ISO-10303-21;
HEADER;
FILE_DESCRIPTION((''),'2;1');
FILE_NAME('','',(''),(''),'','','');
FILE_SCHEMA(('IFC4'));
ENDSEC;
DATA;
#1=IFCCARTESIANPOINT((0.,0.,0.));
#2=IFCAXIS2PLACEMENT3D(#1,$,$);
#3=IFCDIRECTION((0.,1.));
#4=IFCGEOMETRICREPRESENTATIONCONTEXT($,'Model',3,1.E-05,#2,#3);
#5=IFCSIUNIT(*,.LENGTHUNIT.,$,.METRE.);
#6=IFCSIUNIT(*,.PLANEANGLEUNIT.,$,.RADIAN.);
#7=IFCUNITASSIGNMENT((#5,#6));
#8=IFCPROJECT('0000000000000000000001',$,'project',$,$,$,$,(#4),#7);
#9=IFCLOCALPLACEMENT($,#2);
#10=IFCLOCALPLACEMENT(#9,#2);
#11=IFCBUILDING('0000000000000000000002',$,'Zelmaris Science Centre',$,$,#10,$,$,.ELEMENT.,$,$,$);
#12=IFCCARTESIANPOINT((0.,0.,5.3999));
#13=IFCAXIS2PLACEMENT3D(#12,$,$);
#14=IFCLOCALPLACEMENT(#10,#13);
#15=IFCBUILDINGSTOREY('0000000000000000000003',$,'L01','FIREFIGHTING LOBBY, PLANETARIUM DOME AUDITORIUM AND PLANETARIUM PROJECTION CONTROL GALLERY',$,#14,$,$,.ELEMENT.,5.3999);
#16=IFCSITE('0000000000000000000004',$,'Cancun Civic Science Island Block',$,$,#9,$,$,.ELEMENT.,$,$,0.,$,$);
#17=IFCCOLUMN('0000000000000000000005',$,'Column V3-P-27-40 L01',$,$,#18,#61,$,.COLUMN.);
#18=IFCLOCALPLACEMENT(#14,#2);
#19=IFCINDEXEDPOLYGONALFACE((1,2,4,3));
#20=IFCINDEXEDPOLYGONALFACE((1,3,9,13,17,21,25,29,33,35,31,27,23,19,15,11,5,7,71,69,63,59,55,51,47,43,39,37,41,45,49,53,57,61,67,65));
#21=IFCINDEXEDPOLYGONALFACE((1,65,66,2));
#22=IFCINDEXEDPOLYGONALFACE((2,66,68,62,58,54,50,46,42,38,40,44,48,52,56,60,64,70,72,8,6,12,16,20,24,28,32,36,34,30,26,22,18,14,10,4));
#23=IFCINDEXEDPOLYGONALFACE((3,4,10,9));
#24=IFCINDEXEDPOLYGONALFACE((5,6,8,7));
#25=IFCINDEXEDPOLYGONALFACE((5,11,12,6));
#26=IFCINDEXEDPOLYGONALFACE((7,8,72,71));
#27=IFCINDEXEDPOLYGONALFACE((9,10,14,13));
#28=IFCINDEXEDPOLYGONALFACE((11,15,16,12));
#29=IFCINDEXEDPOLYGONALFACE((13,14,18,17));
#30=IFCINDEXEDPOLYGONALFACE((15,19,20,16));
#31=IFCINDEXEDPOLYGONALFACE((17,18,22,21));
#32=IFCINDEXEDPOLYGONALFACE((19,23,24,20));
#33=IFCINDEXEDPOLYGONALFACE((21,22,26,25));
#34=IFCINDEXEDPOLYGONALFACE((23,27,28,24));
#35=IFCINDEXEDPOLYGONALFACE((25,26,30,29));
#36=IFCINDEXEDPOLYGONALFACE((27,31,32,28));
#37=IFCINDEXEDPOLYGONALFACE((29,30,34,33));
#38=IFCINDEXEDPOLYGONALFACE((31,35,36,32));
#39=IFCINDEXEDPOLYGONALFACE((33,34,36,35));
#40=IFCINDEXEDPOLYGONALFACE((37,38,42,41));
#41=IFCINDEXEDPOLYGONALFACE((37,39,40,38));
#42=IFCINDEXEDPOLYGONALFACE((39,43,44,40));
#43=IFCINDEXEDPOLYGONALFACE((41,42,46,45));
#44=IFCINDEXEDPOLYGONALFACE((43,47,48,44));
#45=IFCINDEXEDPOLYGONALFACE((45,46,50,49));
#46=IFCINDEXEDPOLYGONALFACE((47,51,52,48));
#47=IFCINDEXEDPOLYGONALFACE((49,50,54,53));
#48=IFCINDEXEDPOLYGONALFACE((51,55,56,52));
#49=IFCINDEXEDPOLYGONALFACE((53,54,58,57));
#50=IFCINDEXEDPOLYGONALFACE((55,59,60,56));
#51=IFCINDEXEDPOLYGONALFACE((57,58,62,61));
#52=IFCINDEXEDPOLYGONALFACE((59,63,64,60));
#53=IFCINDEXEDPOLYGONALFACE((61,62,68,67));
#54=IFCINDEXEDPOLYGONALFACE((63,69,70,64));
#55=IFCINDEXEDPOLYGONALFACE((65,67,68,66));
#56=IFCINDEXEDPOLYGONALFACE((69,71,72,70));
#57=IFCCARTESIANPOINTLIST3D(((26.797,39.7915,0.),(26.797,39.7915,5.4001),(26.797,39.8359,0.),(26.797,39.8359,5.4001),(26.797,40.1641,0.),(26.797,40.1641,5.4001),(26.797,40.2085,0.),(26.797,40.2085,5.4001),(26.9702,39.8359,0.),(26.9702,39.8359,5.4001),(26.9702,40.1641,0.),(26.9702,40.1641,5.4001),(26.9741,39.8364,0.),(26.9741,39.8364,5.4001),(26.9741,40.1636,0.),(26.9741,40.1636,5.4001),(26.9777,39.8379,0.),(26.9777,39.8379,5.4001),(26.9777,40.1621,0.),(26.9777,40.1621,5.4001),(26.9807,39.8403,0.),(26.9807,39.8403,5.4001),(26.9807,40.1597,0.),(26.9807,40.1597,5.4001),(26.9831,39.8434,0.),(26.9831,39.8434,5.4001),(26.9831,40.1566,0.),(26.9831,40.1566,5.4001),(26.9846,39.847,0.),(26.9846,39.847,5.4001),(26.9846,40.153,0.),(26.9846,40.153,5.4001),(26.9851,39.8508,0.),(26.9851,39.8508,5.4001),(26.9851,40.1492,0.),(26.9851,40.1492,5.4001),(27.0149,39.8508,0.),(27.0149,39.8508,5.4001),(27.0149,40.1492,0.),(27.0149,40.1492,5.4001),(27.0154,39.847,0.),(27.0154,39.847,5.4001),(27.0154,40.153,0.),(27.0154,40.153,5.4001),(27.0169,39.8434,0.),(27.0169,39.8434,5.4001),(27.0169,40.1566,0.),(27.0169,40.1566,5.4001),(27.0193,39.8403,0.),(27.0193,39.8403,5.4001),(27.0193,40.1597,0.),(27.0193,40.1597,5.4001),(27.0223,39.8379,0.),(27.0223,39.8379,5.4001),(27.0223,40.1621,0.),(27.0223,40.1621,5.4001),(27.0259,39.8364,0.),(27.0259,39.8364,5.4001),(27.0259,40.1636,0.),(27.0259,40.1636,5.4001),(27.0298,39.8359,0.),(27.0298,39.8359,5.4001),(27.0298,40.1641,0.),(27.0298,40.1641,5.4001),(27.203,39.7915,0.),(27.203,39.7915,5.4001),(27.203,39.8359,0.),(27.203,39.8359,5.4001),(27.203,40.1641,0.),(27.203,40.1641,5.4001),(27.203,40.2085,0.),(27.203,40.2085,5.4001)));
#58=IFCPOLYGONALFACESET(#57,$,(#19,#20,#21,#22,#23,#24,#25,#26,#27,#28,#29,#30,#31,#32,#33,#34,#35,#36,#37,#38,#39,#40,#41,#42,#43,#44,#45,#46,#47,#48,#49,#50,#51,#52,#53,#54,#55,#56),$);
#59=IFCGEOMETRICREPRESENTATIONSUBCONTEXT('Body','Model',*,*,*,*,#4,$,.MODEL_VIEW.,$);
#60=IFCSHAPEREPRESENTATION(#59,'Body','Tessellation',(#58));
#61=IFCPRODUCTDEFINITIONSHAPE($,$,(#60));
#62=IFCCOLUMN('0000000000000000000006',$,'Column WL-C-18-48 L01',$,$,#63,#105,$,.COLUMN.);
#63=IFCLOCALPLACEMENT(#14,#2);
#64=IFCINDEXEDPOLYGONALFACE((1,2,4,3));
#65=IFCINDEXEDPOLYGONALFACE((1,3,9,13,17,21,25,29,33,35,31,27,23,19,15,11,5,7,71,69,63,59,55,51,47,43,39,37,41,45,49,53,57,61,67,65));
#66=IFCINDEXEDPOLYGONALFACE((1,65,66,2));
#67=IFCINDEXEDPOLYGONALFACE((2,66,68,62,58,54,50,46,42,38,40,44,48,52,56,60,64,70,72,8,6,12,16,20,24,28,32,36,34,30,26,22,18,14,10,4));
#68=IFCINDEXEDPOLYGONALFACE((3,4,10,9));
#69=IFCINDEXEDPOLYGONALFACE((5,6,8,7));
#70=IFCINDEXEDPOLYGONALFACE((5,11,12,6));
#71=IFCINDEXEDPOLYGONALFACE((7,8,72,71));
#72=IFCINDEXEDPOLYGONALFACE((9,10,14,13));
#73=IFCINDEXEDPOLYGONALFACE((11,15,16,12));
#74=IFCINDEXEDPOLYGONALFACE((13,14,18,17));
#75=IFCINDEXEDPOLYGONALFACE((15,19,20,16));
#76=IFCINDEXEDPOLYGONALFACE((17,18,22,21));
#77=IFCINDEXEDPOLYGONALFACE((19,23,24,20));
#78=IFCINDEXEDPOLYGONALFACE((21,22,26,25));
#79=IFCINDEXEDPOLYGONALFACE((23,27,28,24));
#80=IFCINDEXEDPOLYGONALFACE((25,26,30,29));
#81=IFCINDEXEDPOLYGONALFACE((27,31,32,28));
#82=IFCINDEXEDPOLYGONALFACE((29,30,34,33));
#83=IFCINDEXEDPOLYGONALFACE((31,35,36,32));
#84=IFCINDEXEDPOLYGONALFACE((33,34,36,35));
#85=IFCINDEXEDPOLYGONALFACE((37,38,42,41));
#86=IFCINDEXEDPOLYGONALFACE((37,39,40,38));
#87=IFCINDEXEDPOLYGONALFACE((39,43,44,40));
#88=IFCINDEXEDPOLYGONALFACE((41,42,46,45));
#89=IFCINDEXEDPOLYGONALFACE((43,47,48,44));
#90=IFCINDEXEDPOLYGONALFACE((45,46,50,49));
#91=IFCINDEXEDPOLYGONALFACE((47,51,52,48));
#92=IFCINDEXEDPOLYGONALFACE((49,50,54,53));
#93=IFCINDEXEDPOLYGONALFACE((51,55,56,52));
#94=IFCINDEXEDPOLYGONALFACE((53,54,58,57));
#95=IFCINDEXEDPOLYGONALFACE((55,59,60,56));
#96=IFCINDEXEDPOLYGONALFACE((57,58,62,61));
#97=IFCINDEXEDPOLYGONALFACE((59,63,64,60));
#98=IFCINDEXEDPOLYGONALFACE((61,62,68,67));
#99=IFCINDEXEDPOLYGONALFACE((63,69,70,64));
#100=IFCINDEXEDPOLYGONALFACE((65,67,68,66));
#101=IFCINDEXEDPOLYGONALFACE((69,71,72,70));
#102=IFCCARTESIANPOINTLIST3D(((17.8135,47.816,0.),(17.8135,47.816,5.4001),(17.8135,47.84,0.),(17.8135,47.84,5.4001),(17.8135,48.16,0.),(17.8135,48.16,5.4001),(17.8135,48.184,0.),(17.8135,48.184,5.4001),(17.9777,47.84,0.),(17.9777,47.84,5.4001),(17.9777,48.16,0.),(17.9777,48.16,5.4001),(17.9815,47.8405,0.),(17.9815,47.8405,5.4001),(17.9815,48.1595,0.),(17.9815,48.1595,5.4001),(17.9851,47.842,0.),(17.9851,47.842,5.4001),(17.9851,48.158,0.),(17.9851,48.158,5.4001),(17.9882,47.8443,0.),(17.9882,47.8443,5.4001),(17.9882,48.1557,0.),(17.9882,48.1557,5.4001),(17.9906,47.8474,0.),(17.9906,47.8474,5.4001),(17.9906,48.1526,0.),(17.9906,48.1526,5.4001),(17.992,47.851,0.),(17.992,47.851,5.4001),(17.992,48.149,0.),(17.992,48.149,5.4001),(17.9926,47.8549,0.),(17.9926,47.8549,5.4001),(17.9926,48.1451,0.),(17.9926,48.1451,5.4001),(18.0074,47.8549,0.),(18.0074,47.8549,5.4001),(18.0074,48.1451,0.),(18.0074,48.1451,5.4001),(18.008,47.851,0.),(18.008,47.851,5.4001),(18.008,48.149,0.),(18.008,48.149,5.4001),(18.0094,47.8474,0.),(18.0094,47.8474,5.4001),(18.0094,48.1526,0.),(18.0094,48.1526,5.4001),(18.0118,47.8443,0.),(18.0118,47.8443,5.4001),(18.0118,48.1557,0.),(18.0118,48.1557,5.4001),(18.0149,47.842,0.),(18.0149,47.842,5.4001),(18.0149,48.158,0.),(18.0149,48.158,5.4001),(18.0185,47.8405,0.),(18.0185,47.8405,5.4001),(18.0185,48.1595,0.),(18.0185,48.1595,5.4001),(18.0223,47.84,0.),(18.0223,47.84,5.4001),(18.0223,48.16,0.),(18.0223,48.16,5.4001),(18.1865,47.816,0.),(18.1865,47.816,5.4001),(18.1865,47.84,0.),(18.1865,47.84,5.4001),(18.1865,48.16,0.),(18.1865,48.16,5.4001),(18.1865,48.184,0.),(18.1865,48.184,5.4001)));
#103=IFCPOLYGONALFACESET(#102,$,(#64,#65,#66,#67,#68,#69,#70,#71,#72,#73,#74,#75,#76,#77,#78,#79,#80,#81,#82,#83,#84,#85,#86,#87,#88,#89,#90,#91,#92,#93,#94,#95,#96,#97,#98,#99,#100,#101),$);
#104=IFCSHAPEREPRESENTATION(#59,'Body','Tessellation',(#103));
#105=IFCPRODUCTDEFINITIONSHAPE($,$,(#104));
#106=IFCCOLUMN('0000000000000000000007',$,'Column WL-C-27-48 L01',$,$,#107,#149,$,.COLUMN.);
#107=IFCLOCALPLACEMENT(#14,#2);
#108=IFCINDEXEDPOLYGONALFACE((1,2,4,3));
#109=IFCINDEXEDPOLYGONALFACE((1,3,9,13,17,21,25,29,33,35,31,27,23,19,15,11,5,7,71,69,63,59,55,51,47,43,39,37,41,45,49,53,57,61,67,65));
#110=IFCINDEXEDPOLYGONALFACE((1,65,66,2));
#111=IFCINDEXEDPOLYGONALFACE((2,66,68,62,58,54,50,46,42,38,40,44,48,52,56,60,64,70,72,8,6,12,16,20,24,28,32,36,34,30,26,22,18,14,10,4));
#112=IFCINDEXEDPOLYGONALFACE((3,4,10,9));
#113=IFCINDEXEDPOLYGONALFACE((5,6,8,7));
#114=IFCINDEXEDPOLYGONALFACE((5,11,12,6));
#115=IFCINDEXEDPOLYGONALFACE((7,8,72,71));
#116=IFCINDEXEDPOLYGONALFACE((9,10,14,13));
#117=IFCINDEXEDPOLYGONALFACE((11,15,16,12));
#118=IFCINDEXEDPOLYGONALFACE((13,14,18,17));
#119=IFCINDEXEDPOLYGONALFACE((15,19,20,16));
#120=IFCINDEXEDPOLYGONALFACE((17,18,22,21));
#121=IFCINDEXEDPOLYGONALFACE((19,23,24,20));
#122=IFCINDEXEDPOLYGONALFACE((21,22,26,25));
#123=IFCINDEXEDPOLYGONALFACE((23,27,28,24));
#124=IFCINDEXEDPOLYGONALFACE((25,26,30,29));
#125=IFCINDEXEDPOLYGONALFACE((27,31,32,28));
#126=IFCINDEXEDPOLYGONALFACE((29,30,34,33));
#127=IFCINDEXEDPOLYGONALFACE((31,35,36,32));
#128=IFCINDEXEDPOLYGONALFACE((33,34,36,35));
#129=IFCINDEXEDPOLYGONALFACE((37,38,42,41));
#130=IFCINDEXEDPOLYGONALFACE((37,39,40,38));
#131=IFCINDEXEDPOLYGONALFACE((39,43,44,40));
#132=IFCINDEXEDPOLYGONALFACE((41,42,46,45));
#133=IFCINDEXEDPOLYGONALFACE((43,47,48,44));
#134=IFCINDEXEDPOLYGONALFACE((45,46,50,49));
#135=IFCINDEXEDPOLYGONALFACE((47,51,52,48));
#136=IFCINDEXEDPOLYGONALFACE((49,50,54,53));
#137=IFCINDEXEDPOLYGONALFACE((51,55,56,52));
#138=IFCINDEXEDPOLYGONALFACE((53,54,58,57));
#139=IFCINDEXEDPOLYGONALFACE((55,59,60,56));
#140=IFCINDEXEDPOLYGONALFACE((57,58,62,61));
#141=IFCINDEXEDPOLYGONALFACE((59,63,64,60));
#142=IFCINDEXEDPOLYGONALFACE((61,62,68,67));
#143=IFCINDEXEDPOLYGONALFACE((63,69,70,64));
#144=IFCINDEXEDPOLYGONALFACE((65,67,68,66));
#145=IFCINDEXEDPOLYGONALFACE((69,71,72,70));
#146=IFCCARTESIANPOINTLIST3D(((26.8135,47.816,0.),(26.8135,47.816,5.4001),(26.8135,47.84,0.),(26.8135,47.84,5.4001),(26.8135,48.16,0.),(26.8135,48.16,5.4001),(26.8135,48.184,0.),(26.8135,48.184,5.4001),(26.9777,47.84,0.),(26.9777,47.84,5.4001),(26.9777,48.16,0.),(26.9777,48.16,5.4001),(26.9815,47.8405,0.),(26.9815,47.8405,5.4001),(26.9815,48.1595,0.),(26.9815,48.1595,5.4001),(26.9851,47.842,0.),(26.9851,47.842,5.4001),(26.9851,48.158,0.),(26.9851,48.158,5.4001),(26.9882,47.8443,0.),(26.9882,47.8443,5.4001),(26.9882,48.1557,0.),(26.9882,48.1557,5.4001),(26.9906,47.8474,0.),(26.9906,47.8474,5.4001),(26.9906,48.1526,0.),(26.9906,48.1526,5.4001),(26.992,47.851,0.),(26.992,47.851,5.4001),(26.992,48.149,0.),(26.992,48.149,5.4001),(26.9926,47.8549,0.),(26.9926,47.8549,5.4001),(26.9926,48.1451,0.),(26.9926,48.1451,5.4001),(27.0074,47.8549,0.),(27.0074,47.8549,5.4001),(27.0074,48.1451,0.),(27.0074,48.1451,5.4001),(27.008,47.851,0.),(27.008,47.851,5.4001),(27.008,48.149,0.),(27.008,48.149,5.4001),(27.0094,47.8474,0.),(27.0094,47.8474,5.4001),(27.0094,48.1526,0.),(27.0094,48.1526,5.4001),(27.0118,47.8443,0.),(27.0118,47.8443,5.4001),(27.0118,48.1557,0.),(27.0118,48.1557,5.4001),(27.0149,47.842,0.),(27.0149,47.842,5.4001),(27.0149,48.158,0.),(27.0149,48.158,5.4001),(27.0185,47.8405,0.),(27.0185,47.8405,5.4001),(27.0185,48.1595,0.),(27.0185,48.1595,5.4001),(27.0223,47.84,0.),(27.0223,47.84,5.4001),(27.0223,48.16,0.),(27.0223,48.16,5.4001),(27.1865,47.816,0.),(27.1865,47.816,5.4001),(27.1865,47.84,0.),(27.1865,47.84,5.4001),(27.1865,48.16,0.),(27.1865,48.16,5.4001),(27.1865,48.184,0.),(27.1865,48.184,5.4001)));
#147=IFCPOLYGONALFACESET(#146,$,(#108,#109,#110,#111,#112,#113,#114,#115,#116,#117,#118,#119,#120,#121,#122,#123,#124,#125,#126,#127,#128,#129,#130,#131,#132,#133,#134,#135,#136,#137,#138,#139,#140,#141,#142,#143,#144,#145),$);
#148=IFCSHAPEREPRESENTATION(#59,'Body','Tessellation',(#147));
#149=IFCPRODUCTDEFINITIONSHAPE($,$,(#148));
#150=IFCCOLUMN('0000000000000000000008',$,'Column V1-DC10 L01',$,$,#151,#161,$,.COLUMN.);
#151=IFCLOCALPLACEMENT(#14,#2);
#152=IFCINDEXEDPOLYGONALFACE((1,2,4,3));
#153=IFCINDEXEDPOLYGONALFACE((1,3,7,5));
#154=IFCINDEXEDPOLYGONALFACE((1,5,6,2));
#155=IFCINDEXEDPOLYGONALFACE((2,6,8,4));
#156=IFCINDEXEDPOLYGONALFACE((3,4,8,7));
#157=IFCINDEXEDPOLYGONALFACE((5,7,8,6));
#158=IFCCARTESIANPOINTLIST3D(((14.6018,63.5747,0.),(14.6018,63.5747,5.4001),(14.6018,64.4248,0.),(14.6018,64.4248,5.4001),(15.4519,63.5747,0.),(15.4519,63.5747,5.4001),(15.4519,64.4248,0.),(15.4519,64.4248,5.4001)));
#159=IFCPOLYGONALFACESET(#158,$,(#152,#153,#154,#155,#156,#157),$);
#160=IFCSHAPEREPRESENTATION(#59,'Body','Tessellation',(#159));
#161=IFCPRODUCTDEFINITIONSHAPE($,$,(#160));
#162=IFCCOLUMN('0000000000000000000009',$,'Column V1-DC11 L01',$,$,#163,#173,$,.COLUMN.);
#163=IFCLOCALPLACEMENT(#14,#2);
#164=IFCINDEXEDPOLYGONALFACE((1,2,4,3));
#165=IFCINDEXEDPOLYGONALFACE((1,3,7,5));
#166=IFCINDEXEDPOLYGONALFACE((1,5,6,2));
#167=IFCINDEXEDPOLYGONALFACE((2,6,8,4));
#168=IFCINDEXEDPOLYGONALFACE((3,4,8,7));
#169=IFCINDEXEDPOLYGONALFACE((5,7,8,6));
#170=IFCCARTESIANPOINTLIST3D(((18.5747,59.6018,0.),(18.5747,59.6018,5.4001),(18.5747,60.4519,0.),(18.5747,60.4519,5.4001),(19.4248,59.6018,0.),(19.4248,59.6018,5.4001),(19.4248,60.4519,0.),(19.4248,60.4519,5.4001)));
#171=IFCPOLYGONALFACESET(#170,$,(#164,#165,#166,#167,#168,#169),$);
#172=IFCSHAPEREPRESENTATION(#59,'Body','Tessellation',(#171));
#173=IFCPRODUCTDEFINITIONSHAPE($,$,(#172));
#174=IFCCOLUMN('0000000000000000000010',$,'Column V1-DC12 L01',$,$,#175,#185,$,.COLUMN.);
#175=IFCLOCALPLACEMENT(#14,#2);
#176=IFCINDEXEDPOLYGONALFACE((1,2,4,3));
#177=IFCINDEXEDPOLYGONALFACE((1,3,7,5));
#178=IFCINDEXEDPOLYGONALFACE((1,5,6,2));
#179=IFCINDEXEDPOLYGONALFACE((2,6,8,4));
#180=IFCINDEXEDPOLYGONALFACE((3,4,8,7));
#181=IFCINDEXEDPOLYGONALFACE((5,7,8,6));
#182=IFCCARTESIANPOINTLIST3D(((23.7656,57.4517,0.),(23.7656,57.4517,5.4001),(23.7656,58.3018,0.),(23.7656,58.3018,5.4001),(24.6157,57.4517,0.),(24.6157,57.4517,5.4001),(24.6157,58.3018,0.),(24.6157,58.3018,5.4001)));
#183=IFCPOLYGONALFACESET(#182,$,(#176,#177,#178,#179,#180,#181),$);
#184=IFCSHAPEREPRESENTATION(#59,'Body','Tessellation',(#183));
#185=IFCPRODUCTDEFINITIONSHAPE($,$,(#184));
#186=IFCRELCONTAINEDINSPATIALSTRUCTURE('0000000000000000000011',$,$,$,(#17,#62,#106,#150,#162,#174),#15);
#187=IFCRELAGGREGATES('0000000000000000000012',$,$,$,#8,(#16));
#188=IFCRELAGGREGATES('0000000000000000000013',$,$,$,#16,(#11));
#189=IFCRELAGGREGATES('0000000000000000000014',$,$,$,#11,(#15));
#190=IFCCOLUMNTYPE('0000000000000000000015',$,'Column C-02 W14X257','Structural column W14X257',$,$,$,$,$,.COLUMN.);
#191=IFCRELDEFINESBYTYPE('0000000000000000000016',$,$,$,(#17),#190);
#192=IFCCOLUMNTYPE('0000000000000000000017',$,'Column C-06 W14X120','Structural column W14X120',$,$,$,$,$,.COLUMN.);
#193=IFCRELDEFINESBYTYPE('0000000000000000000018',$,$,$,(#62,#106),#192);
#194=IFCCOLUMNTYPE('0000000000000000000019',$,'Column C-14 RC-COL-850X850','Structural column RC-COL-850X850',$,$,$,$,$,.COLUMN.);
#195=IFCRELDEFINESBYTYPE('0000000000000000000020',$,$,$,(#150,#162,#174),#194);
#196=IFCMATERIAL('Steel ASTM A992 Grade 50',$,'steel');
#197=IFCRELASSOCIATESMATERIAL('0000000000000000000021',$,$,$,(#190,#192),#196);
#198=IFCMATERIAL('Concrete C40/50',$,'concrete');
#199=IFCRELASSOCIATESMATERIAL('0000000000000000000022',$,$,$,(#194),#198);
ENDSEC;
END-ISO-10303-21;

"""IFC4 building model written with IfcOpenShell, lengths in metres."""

from ifc_helpers import new_model, si_unit, direction, frame, origin, origin_2d, place, context, subcontext, project, spatial, rectangle, i_section, extrude, material, material_profile, profile_set, type_object, element, save


model = new_model("IFC4")

# Units and contexts
model_context = context("Model", 3, precision=1e-05, world=origin(), true_north=direction((0.0, 1.0)))
body_context = subcontext(model_context, "Body", "Model", "MODEL_VIEW")
ifc_project = project(units=[si_unit("LENGTHUNIT", "METRE"), si_unit("PLANEANGLEUNIT", "RADIAN")], contexts=[model_context])

# Site, building, storey
site_placement = place(None, origin())
site = spatial("IfcSite", under=ifc_project, at=site_placement, Name="Cancun Civic Science Island Block", CompositionType="ELEMENT", RefElevation=0.0)
building_placement = place(site_placement, origin())
building = spatial("IfcBuilding", under=site, at=building_placement, Name="Zelmaris Science Centre", CompositionType="ELEMENT")
storey_placement = place(building_placement, frame((0.0, 0.0, 5.3999)))
storey = spatial("IfcBuildingStorey", under=building, at=storey_placement, Name="L01", Description="FIREFIGHTING LOBBY, PLANETARIUM DOME AUDITORIUM AND PLANETARIUM PROJECTION CONTROL GALLERY", CompositionType="ELEMENT", Elevation=5.3999)

# Columns
ifc_material_1 = material(Name="Steel ASTM A992 Grade 50", Category="steel")
ifc_material_profile_1 = material_profile(ifc_material_1, i_section(OverallWidth=0.406, OverallDepth=0.417, WebThickness=0.0298, FlangeThickness=0.0444, FilletRadius=0.0149, at=origin_2d()), Name="W14X257")
ifc_profile_set_1 = profile_set([ifc_material_profile_1], Name="Steel ASTM A992 Grade 50")
column_type_1 = type_object("IfcColumnType", Name="Column C-02 W14X257", Description="Structural column W14X257", PredefinedType="COLUMN", material=ifc_profile_set_1)
column_placement = place(storey_placement, frame((27.0, 40.0, 0.0), z_axis=(0.0, 0.0, 1.0), x_axis=(1.0, 0.0, 0.0)))
element("IfcColumn", 1, at=column_placement, inside=storey, type_object=column_type_1, Name="Column V3-P-27-40 L01", PredefinedType="COLUMN", context=body_context, shape_type="SweptSolid", body=[
    extrude(i_section(OverallWidth=0.406, OverallDepth=0.417, WebThickness=0.0298, FlangeThickness=0.0444, FilletRadius=0.0149, at=origin_2d()), origin(), (0.0, 0.0, 1.0), 5.4001),
])
ifc_material_profile_2 = material_profile(ifc_material_1, i_section(OverallWidth=0.373, OverallDepth=0.3679, WebThickness=0.0149, FlangeThickness=0.0239, FilletRadius=0.0149, at=origin_2d()), Name="W14X120")
ifc_profile_set_2 = profile_set([ifc_material_profile_2], Name="Steel ASTM A992 Grade 50")
column_type_2 = type_object("IfcColumnType", Name="Column C-06 W14X120", Description="Structural column W14X120", PredefinedType="COLUMN", material=ifc_profile_set_2)
for number, where, z_axis, x_axis, name in (
    (2, (18.0, 48.0, 0.0), (0.0, 0.0, 1.0), (1.0, 0.0, 0.0), "Column WL-C-18-48 L01"),
    (3, (27.0, 48.0, 0.0), (0.0, 0.0, 1.0), (1.0, 0.0, 0.0), "Column WL-C-27-48 L01"),
):
    element("IfcColumn", number, at=place(storey_placement, frame(where, z_axis=z_axis, x_axis=x_axis)), inside=storey, type_object=column_type_2, Name=name, PredefinedType="COLUMN", context=body_context, shape_type="SweptSolid", body=[
        extrude(i_section(OverallWidth=0.373, OverallDepth=0.3679, WebThickness=0.0149, FlangeThickness=0.0239, FilletRadius=0.0149, at=origin_2d()), origin(), (0.0, 0.0, 1.0), 5.4001),
    ])
ifc_material_2 = material(Name="Concrete C40/50", Category="concrete")
ifc_material_profile_3 = material_profile(ifc_material_2, rectangle(XDim=0.8501, YDim=0.8501, at=origin_2d()), Name="RC-COL-850X850")
ifc_profile_set_3 = profile_set([ifc_material_profile_3], Name="Concrete C40/50")
column_type_3 = type_object("IfcColumnType", Name="Column C-14 RC-COL-850X850", Description="Structural column RC-COL-850X850", PredefinedType="COLUMN", material=ifc_profile_set_3)
for number, where, z_axis, x_axis, name in (
    (4, (15.0269, 63.9998, 0.0), (0.0, 0.0, 1.0), (1.0, 0.0, 0.0), "Column V1-DC10 L01"),
    (5, (18.9998, 60.0269, 0.0), (0.0, 0.0, 1.0), (1.0, 0.0, 0.0), "Column V1-DC11 L01"),
    (6, (24.1907, 57.8767, 0.0), (0.0, 0.0, 1.0), (1.0, 0.0, 0.0), "Column V1-DC12 L01"),
):
    element("IfcColumn", number, at=place(storey_placement, frame(where, z_axis=z_axis, x_axis=x_axis)), inside=storey, type_object=column_type_3, Name=name, PredefinedType="COLUMN", context=body_context, shape_type="SweptSolid", body=[
        extrude(rectangle(XDim=0.8501, YDim=0.8501, at=origin_2d()), origin(), (0.0, 0.0, 1.0), 5.4001),
    ])

save(model, "model.ifc")
